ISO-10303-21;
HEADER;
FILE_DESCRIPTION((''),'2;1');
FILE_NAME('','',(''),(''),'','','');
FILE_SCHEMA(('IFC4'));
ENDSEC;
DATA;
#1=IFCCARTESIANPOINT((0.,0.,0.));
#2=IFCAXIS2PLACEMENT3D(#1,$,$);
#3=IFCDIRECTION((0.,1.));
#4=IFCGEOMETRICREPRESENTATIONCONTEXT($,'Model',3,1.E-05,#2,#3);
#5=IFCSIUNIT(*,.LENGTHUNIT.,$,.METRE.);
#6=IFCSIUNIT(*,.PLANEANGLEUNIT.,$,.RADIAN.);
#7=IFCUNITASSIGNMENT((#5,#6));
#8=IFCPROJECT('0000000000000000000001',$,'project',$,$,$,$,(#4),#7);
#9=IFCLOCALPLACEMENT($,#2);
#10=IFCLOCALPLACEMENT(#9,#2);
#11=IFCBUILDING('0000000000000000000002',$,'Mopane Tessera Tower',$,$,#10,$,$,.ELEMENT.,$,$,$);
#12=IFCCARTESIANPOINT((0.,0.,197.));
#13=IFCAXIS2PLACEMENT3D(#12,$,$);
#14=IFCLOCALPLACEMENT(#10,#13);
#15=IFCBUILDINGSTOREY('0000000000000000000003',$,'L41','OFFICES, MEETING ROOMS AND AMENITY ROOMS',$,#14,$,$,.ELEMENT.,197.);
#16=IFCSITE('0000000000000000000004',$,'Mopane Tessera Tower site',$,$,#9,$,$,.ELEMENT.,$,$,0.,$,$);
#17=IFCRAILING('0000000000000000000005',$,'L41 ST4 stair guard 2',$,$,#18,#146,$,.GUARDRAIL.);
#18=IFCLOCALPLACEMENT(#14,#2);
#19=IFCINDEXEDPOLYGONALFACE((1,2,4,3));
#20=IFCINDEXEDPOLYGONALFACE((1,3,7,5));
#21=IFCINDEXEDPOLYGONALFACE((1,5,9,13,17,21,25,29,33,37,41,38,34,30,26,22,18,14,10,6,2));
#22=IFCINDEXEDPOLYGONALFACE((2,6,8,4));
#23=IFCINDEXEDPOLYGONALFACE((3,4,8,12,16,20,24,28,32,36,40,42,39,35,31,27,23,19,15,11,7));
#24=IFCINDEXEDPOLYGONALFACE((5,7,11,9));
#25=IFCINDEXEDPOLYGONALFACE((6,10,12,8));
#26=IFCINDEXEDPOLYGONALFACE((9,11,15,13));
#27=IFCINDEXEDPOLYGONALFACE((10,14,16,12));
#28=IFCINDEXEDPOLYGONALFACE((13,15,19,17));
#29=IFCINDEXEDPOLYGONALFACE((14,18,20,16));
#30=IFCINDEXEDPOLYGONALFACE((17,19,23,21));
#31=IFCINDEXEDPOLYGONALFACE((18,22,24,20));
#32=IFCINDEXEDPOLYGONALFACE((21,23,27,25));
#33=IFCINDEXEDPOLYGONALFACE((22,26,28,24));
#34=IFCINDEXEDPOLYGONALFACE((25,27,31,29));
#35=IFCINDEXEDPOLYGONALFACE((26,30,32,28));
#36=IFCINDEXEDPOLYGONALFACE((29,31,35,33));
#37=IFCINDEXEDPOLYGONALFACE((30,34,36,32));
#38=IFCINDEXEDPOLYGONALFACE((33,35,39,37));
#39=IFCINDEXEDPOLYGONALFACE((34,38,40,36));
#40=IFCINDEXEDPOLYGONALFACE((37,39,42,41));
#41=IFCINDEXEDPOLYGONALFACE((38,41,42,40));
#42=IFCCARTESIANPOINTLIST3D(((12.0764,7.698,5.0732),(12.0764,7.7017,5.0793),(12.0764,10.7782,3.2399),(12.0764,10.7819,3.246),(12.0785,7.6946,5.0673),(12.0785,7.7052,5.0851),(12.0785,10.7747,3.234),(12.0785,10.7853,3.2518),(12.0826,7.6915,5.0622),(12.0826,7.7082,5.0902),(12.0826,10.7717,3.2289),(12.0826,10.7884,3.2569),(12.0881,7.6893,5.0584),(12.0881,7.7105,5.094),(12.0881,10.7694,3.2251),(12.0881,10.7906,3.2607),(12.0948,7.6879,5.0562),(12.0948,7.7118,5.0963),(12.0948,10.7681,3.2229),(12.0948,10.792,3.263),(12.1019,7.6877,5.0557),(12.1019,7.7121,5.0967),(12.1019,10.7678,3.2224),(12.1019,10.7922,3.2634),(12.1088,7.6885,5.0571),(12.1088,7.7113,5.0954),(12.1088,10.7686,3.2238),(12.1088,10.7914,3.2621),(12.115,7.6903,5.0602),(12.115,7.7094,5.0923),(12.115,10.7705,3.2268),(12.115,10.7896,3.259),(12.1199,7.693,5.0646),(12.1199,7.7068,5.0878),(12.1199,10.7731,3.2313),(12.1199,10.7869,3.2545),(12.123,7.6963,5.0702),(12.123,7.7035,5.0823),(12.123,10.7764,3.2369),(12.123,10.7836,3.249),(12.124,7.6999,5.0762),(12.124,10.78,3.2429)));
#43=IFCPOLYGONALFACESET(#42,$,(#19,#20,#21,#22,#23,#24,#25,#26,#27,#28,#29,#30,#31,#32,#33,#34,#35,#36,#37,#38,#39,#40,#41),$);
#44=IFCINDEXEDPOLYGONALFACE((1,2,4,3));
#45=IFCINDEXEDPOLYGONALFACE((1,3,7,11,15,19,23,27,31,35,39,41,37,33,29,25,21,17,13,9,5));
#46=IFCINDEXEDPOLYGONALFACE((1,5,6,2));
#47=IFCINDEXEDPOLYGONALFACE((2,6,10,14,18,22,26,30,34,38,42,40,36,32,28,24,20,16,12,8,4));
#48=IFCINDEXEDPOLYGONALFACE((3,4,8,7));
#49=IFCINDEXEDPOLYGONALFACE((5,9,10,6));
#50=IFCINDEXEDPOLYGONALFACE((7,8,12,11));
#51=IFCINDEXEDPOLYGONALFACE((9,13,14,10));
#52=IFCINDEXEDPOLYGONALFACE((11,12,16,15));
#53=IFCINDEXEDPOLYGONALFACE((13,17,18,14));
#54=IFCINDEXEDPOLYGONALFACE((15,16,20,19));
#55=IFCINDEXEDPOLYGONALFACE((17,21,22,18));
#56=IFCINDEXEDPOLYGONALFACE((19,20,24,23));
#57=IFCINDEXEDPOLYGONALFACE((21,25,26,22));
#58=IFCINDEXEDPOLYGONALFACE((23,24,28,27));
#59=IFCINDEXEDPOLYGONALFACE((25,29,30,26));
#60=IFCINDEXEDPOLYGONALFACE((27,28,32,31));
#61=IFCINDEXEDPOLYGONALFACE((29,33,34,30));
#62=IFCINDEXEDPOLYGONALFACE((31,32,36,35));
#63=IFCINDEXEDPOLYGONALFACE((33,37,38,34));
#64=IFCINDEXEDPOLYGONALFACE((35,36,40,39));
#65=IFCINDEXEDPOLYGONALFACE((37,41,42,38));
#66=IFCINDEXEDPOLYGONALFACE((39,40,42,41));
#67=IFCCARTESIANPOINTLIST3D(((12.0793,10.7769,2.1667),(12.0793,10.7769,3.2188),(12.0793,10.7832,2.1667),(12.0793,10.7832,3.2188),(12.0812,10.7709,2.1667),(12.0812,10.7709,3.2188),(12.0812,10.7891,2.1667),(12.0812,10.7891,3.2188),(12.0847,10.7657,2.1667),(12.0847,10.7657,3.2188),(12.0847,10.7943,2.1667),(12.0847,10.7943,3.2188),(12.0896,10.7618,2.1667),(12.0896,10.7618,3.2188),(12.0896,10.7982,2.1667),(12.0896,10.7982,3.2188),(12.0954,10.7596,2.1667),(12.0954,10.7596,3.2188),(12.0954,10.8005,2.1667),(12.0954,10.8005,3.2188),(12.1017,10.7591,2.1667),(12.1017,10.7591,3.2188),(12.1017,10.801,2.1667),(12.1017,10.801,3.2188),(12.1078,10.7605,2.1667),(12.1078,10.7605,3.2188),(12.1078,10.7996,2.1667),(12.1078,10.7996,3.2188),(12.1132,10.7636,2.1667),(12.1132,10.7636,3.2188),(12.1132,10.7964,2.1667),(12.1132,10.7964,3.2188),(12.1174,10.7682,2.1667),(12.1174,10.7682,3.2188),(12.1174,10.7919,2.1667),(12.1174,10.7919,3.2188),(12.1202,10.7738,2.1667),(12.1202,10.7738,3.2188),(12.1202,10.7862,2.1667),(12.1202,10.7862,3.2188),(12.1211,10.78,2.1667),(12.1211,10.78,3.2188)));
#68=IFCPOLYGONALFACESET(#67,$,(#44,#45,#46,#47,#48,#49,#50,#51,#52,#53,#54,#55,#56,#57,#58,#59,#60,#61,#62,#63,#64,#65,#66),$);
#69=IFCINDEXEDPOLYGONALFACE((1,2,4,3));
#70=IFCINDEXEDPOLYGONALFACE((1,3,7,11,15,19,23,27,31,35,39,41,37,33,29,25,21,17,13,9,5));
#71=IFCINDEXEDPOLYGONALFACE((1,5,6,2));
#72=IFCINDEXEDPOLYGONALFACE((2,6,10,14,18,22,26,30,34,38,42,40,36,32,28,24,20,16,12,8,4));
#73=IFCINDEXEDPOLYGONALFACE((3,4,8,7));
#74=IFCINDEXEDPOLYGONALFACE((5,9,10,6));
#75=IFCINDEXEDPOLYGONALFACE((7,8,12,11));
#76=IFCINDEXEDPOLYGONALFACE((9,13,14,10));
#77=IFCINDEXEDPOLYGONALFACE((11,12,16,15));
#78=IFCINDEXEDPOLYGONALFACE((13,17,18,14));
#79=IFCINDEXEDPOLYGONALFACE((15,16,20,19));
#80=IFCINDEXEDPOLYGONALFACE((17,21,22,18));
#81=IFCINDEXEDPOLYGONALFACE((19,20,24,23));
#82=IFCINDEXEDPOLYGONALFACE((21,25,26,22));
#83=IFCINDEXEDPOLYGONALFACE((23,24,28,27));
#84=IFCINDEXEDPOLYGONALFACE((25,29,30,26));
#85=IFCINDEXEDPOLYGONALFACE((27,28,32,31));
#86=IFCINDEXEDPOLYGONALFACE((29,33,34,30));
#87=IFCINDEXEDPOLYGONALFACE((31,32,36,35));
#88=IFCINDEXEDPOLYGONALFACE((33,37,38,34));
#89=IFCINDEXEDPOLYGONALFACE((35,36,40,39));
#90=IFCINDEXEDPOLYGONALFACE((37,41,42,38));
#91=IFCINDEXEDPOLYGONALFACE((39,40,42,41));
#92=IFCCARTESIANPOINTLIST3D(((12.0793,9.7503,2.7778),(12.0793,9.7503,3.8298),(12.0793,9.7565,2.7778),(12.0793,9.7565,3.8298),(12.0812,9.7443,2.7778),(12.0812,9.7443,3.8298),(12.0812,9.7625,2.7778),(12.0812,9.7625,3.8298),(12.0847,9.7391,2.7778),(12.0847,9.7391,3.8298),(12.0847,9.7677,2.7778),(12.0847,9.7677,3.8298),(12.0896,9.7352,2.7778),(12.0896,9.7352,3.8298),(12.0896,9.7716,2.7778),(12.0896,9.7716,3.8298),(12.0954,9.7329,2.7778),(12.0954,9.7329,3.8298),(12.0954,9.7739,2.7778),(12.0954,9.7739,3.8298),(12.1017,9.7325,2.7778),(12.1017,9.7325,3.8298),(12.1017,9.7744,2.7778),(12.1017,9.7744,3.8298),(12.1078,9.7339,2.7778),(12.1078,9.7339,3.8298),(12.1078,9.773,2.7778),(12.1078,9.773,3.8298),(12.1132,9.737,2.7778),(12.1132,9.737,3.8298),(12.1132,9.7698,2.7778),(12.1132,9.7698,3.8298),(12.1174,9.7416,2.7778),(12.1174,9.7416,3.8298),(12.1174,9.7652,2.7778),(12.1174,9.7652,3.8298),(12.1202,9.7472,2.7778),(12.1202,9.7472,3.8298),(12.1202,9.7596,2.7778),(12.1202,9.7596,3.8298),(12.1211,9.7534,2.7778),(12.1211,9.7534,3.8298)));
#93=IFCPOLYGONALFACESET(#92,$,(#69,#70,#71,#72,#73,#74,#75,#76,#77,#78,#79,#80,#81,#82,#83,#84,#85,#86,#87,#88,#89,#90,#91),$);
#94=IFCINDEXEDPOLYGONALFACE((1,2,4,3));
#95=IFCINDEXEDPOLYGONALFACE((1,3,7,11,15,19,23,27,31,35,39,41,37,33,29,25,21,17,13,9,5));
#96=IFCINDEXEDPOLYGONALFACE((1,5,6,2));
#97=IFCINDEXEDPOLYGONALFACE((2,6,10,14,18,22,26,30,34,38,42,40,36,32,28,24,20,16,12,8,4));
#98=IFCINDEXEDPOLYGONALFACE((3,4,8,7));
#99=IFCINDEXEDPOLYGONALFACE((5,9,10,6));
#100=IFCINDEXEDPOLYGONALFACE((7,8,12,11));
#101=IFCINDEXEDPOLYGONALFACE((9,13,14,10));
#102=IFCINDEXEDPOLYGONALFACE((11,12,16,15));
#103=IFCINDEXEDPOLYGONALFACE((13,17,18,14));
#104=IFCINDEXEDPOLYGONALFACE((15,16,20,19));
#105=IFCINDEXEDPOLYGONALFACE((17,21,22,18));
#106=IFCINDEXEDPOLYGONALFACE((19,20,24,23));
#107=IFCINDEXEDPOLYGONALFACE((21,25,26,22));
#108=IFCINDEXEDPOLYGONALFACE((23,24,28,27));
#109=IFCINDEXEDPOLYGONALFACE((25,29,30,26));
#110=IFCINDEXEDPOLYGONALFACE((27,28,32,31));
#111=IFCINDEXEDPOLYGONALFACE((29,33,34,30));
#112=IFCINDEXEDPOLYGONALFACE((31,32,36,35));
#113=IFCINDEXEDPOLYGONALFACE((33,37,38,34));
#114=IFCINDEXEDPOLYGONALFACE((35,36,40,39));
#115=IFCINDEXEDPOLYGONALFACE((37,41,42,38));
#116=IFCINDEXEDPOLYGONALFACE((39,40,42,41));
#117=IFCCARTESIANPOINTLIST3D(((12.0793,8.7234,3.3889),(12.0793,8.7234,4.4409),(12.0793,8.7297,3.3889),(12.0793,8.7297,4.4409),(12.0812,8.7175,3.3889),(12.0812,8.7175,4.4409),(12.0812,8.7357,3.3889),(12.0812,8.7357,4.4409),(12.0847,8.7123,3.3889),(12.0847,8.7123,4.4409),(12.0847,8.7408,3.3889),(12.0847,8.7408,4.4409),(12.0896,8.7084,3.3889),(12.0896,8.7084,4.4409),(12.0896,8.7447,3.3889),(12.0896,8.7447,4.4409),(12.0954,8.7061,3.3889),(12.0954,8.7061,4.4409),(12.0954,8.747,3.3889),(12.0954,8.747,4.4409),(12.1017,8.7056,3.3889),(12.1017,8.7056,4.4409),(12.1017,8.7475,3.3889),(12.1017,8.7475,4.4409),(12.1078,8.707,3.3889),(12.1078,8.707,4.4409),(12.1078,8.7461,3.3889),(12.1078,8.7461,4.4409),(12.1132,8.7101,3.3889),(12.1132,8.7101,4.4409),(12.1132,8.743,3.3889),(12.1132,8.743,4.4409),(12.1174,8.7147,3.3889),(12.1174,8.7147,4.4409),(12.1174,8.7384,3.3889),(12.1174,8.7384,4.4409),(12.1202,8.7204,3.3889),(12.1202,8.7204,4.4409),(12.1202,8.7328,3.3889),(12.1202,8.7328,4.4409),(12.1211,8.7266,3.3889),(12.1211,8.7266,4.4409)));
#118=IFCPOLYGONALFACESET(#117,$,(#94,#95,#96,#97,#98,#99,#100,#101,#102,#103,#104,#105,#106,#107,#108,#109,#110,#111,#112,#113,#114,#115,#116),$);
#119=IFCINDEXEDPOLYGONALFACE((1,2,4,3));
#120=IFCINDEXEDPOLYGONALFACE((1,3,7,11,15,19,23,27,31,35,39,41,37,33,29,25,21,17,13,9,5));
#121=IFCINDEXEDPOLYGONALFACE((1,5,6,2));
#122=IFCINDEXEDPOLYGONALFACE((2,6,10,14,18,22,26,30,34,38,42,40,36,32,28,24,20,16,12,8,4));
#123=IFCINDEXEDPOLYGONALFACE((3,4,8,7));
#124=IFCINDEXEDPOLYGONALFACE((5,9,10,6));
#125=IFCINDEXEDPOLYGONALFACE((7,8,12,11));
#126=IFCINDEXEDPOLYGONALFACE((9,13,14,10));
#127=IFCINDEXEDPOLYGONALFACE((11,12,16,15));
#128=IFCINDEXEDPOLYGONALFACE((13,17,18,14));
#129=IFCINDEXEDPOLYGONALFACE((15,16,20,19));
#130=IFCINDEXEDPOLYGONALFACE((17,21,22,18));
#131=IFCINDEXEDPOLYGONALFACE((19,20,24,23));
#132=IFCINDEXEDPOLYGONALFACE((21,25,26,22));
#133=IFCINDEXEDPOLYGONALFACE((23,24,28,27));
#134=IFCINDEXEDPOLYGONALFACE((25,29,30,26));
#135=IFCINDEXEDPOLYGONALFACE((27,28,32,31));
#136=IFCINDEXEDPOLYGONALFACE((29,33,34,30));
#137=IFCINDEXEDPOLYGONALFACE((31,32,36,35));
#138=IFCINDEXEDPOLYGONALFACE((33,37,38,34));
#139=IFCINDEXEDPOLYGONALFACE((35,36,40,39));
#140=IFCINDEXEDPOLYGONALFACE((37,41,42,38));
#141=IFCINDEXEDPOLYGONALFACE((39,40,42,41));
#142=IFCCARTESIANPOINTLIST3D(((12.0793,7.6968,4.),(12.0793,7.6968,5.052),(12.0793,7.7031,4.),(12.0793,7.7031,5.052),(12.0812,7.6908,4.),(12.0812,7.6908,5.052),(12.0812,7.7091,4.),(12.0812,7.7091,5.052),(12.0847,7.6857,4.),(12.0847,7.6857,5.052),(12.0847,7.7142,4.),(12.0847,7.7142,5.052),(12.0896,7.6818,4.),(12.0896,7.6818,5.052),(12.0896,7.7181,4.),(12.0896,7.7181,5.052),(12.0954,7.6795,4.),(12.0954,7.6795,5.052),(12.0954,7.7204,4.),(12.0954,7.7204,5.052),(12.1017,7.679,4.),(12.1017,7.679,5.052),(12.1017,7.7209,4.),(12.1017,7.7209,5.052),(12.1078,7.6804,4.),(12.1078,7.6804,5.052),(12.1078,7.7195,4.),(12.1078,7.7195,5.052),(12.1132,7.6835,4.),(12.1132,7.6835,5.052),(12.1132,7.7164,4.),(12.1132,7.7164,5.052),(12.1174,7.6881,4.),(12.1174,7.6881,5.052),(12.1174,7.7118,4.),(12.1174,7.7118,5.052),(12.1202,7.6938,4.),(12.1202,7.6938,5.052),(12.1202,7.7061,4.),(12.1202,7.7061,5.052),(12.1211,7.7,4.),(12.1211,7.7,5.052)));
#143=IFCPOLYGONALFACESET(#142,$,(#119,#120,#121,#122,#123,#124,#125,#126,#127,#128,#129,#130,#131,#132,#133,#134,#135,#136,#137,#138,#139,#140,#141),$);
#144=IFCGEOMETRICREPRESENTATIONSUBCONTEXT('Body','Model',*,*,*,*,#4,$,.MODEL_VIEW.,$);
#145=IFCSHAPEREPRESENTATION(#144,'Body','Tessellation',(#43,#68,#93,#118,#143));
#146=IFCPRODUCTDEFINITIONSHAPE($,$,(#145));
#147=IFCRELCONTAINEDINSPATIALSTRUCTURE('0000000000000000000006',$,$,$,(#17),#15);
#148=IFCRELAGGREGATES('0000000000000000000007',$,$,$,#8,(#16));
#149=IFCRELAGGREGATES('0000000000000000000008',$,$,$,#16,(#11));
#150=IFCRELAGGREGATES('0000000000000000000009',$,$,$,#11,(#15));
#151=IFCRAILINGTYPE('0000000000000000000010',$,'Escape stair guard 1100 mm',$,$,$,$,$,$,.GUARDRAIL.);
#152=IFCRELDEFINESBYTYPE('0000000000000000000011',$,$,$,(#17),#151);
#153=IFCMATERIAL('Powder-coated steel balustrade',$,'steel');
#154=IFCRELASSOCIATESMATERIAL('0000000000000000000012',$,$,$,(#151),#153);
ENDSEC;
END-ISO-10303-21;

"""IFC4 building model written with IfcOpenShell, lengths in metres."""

from ifc_helpers import new_model, si_unit, direction, frame, origin, origin_2d, place, context, subcontext, project, spatial, circle, extrude, material, type_object, element, save


model = new_model("IFC4")

# Units and contexts
model_context = context("Model", 3, precision=1e-05, world=origin(), true_north=direction((0.0, 1.0)))
body_context = subcontext(model_context, "Body", "Model", "MODEL_VIEW")
ifc_project = project(units=[si_unit("LENGTHUNIT", "METRE"), si_unit("PLANEANGLEUNIT", "RADIAN")], contexts=[model_context])

# Site, building, storey
site_placement = place(None, origin())
site = spatial("IfcSite", under=ifc_project, at=site_placement, Name="Mopane Tessera Tower site", CompositionType="ELEMENT", RefElevation=0.0)
building_placement = place(site_placement, origin())
building = spatial("IfcBuilding", under=site, at=building_placement, Name="Mopane Tessera Tower", CompositionType="ELEMENT")
storey_placement = place(building_placement, frame((0.0, 0.0, 197.0)))
storey = spatial("IfcBuildingStorey", under=building, at=storey_placement, Name="L41", Description="OFFICES, MEETING ROOMS AND AMENITY ROOMS", CompositionType="ELEMENT", Elevation=197.0)

# Railing
ifc_material_1 = material(Name="Powder-coated steel balustrade", Category="steel")
railing_type_1 = type_object("IfcRailingType", Name="Escape stair guard 1100 mm", PredefinedType="GUARDRAIL", material=ifc_material_1)
railing_1_placement = place(storey_placement, frame((12.1001, 10.78, 2.1667)))
element("IfcRailing", 1, at=railing_1_placement, inside=storey, type_object=railing_type_1, Name="L41 ST4 stair guard 2", PredefinedType="GUARDRAIL", context=body_context, shape_type="SweptSolid", body=[
    extrude(circle(Radius=0.0239, at=origin_2d()), frame((0.0, 0.0, 1.0762), z_axis=(0.0, -0.859309, 0.511458), x_axis=(1.0, 0.0, 0.0)), (0.0, 0.0, 1.0), 3.5845),
    extrude(circle(Radius=0.021, at=origin_2d()), origin(), (0.0, 0.0, 1.0), 1.052),
    extrude(circle(Radius=0.021, at=origin_2d()), frame((0.0, -1.0266, 0.6111)), (0.0, 0.0, 1.0), 1.052),
    extrude(circle(Radius=0.021, at=origin_2d()), frame((0.0, -2.0535, 1.2222)), (0.0, 0.0, 1.0), 1.052),
    extrude(circle(Radius=0.021, at=origin_2d()), frame((0.0, -3.0801, 1.8333)), (0.0, 0.0, 1.0), 1.052),
])

save(model, "model.ifc")
